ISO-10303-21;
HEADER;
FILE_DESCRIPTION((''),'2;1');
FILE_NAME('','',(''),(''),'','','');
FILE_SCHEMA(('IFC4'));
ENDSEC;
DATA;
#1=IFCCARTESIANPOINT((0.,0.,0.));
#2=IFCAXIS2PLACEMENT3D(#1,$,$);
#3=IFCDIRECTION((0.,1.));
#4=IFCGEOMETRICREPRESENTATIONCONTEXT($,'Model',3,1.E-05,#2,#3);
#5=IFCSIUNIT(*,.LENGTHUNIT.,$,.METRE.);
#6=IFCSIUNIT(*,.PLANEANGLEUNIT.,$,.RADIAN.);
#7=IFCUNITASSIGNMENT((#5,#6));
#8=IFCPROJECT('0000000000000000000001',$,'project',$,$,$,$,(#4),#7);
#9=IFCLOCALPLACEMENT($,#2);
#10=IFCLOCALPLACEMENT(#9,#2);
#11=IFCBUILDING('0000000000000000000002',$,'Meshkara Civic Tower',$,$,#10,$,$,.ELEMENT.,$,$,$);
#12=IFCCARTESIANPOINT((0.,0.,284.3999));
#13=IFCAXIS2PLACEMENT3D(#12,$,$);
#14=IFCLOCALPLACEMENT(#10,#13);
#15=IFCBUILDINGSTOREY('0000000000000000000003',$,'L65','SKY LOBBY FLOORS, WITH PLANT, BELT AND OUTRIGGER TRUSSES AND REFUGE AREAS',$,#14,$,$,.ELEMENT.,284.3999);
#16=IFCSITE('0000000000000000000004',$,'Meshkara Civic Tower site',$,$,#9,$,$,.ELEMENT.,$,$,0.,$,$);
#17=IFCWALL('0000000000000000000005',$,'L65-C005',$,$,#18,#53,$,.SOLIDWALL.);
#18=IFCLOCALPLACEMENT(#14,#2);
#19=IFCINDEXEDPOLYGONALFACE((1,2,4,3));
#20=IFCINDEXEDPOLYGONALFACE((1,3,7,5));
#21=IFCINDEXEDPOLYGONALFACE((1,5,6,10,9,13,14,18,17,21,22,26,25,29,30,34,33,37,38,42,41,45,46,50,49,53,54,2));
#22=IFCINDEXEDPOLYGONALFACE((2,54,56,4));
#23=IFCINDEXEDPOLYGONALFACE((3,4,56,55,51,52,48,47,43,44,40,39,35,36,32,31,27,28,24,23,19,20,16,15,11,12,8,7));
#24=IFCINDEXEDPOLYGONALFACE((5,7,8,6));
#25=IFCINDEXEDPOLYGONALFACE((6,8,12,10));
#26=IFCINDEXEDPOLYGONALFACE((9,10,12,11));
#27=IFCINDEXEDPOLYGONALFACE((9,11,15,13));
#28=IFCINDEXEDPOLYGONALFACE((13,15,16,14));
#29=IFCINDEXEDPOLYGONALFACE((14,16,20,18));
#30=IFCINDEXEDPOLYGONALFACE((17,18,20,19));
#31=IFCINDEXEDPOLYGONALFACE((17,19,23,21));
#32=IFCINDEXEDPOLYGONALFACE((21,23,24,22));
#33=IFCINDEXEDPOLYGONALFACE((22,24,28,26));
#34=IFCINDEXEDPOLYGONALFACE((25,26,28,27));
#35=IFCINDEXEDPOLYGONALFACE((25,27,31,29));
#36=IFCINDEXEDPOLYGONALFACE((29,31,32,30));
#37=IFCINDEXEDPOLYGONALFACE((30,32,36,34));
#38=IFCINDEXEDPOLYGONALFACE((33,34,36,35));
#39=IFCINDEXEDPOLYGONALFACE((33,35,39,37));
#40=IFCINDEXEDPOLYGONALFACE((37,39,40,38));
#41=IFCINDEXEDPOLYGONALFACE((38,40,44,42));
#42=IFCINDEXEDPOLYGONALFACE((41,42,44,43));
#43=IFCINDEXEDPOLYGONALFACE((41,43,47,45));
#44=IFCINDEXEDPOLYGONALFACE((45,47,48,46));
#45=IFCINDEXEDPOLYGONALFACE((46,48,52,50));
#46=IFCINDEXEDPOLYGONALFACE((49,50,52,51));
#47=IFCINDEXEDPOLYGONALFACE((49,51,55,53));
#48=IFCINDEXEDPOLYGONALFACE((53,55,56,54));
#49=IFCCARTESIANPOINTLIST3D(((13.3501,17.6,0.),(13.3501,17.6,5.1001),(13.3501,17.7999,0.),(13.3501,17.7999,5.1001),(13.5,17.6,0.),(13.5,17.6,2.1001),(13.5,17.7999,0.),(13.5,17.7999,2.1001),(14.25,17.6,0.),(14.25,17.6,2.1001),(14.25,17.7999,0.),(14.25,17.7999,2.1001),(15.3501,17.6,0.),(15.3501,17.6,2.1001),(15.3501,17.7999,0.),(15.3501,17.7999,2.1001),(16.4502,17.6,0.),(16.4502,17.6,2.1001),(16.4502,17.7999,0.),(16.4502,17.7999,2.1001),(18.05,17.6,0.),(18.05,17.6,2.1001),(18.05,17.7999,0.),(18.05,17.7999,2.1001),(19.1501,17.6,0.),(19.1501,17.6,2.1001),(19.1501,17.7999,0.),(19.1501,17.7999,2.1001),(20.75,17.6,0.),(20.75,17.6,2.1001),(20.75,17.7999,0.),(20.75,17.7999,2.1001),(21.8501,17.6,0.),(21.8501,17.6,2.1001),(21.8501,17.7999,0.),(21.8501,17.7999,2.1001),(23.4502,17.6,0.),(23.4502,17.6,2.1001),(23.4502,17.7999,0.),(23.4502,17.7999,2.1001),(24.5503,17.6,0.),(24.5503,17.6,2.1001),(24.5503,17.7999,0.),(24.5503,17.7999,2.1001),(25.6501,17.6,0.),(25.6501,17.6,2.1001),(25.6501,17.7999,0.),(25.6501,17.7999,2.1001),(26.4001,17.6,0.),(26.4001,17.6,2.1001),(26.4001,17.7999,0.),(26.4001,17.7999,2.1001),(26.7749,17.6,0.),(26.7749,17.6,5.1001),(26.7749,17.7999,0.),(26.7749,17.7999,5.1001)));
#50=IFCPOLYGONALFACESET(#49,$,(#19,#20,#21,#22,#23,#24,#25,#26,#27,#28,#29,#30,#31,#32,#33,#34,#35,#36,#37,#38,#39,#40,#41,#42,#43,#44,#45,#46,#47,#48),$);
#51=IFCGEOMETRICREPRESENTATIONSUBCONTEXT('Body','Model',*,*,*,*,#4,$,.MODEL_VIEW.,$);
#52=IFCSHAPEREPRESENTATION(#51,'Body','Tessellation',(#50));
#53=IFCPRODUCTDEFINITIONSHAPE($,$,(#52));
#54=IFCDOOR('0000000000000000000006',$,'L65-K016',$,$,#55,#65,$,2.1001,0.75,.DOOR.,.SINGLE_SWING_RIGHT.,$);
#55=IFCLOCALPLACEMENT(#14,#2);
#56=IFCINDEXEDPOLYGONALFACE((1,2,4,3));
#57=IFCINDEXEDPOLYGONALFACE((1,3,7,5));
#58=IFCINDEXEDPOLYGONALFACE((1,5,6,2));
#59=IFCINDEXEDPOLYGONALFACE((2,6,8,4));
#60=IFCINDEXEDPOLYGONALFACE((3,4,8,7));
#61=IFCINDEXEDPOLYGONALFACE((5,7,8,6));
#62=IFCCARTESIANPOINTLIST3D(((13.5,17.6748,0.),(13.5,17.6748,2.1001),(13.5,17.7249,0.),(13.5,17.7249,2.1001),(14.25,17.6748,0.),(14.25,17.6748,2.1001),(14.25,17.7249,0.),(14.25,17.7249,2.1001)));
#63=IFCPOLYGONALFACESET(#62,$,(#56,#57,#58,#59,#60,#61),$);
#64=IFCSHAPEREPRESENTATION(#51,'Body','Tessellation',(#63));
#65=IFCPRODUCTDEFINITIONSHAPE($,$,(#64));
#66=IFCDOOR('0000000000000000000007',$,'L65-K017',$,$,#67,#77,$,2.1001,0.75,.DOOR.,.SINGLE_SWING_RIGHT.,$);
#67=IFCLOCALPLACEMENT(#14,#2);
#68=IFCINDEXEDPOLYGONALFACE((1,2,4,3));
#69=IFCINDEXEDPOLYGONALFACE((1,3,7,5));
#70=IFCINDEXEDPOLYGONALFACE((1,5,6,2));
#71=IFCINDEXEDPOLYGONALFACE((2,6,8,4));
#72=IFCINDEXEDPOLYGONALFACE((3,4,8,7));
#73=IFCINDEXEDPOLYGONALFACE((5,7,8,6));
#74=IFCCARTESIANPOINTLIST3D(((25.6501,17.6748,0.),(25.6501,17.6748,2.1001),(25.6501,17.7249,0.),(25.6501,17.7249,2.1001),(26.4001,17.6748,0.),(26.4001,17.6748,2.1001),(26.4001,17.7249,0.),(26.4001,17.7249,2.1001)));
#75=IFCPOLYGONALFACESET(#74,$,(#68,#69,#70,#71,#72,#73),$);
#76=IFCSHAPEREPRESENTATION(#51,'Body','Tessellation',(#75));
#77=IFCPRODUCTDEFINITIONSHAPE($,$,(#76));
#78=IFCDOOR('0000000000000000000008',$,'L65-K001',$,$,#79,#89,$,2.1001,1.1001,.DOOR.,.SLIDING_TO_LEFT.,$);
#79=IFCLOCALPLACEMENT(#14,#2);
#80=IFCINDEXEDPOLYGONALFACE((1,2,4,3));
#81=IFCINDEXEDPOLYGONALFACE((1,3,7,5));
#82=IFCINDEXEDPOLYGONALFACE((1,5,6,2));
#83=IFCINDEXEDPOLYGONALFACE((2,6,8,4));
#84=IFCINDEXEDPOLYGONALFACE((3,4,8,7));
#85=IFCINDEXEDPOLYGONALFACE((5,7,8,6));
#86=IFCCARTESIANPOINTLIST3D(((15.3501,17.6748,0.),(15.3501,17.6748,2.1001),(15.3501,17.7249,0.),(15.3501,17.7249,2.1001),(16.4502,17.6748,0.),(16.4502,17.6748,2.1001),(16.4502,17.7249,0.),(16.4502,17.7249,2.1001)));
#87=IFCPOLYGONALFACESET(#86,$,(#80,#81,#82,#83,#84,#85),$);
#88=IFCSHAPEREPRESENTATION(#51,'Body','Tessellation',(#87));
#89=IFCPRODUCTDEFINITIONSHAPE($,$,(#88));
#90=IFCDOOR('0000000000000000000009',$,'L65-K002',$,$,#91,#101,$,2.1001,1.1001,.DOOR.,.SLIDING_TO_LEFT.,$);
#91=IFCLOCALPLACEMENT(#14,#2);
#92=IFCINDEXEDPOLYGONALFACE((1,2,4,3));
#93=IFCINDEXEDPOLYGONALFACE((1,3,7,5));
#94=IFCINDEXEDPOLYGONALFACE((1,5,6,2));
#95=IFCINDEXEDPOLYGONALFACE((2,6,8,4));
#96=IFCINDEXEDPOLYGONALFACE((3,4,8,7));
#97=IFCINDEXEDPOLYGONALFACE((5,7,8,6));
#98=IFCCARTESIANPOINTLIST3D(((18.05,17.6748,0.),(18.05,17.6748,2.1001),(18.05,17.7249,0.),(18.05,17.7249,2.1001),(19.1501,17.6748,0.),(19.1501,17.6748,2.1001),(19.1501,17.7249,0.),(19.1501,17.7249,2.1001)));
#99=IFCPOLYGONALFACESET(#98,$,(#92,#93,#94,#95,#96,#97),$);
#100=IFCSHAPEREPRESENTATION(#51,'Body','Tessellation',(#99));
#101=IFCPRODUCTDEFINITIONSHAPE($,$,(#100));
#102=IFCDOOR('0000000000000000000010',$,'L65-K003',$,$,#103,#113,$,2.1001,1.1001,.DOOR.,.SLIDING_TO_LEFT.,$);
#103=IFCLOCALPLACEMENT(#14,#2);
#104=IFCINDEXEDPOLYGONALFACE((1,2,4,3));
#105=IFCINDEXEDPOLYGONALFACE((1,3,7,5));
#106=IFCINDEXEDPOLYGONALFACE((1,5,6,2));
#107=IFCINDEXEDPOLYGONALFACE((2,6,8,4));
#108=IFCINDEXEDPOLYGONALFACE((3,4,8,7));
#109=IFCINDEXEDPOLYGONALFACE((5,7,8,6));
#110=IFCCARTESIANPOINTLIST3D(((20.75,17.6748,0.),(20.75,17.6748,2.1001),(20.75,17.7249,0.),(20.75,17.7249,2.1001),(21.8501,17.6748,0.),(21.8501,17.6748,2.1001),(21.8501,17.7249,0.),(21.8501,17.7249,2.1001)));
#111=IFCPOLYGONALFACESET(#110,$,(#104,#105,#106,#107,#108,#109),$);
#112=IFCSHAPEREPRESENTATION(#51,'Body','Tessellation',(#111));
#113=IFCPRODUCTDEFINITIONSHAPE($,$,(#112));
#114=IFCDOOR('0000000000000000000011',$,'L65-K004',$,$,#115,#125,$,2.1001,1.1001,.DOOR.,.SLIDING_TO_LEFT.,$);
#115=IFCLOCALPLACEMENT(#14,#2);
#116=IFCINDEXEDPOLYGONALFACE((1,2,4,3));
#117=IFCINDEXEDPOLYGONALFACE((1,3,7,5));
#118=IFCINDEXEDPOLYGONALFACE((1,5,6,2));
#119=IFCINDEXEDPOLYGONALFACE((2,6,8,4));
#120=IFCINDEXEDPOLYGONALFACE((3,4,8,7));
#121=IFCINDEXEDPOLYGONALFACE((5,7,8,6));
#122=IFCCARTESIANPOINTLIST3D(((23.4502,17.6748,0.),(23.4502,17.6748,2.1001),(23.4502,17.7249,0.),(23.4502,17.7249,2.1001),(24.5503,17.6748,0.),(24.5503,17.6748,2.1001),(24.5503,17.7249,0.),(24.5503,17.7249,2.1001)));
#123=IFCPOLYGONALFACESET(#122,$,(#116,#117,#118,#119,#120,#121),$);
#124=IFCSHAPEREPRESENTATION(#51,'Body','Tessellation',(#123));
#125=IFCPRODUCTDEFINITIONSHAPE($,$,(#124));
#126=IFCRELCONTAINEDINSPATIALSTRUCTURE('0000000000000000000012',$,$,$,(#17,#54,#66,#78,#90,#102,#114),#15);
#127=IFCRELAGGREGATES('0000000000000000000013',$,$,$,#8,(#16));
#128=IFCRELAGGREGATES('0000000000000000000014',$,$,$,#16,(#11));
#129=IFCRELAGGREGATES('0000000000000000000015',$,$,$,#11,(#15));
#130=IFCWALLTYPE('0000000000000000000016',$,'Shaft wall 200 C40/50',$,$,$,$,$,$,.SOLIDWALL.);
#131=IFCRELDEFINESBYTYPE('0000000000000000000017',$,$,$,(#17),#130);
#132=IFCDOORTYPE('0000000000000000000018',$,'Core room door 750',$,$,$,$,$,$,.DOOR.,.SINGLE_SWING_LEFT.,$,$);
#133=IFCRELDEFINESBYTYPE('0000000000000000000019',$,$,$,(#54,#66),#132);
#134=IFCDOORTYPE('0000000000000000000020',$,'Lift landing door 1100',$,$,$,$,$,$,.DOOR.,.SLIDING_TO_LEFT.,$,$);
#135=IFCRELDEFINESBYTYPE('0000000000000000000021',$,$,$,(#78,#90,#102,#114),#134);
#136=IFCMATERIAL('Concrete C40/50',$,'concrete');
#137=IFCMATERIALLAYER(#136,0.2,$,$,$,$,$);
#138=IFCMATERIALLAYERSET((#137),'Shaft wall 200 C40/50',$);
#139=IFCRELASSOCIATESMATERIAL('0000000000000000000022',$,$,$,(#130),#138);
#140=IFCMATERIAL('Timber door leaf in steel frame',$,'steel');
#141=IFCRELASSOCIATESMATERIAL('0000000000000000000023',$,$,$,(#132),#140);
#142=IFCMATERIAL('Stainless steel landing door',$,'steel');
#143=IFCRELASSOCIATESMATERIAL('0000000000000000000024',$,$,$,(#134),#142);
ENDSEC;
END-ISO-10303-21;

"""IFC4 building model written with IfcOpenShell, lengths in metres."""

from ifc_helpers import new_model, si_unit, direction, frame, frame_2d, origin, place, context, subcontext, project, spatial, rectangle, extrude, material, layer, layer_set, type_object, element, fill, save


model = new_model("IFC4")

# Units and contexts
model_context = context("Model", 3, precision=1e-05, world=origin(), true_north=direction((0.0, 1.0)))
body_context = subcontext(model_context, "Body", "Model", "MODEL_VIEW")
ifc_project = project(units=[si_unit("LENGTHUNIT", "METRE"), si_unit("PLANEANGLEUNIT", "RADIAN")], contexts=[model_context])

# Site, building, storey
site_placement = place(None, origin())
site = spatial("IfcSite", under=ifc_project, at=site_placement, Name="Meshkara Civic Tower site", CompositionType="ELEMENT", RefElevation=0.0)
building_placement = place(site_placement, origin())
building = spatial("IfcBuilding", under=site, at=building_placement, Name="Meshkara Civic Tower", CompositionType="ELEMENT")
storey_placement = place(building_placement, frame((0.0, 0.0, 284.3999)))
storey = spatial("IfcBuildingStorey", under=building, at=storey_placement, Name="L65", Description="SKY LOBBY FLOORS, WITH PLANT, BELT AND OUTRIGGER TRUSSES AND REFUGE AREAS", CompositionType="ELEMENT", Elevation=284.3999)

# Wall, openings, doors
ifc_material_1 = material(Name="Concrete C40/50", Category="concrete")
ifc_layer_1 = layer(ifc_material_1, 0.2)
ifc_layer_set_1 = layer_set([ifc_layer_1], Name="Shaft wall 200 C40/50")
wall_type_1 = type_object("IfcWallType", Name="Shaft wall 200 C40/50", PredefinedType="SOLIDWALL", material=ifc_layer_set_1)
wall_1_placement = place(storey_placement, frame((13.3501, 17.7, 0.0), z_axis=(0.0, 0.0, 1.0), x_axis=(1.0, 0.0, 0.0)))
wall_1 = element("IfcWall", 1, at=wall_1_placement, inside=storey, type_object=wall_type_1, Name="L65-C005", PredefinedType="SOLIDWALL", context=body_context, shape_type="SweptSolid", body=[
    extrude(rectangle(XDim=13.4248, YDim=0.2, at=frame_2d((6.7124, 0.0))), origin(), (0.0, 0.0, 1.0), 5.1001),
])
opening_1_placement = place(wall_1_placement, frame((2.0, 0.0, 0.0)))
opening_1 = element("IfcOpeningElement", 2, at=opening_1_placement, cuts=wall_1, PredefinedType="OPENING", context=body_context, shape_type="SweptSolid", body=[
    extrude(rectangle(XDim=1.1001, YDim=2.1001, at=frame_2d((0.55, 1.05))), frame((0.0, 0.1099, 0.0), z_axis=(0.0, -1.0, 0.0), x_axis=(1.0, 0.0, 0.0)), (0.0, 0.0, 1.0), 0.22),
])
opening_2_placement = place(wall_1_placement, frame((4.7, 0.0, 0.0)))
opening_2 = element("IfcOpeningElement", 3, at=opening_2_placement, cuts=wall_1, PredefinedType="OPENING", context=body_context, shape_type="SweptSolid", body=[
    extrude(rectangle(XDim=1.1001, YDim=2.1001, at=frame_2d((0.55, 1.05))), frame((0.0, 0.1099, 0.0), z_axis=(0.0, -1.0, 0.0), x_axis=(1.0, 0.0, 0.0)), (0.0, 0.0, 1.0), 0.22),
])
opening_3_placement = place(wall_1_placement, frame((7.3999, 0.0, 0.0)))
opening_3 = element("IfcOpeningElement", 4, at=opening_3_placement, cuts=wall_1, PredefinedType="OPENING", context=body_context, shape_type="SweptSolid", body=[
    extrude(rectangle(XDim=1.1001, YDim=2.1001, at=frame_2d((0.55, 1.05))), frame((0.0, 0.1099, 0.0), z_axis=(0.0, -1.0, 0.0), x_axis=(1.0, 0.0, 0.0)), (0.0, 0.0, 1.0), 0.22),
])
opening_4_placement = place(wall_1_placement, frame((10.1001, 0.0, 0.0)))
opening_4 = element("IfcOpeningElement", 5, at=opening_4_placement, cuts=wall_1, PredefinedType="OPENING", context=body_context, shape_type="SweptSolid", body=[
    extrude(rectangle(XDim=1.1001, YDim=2.1001, at=frame_2d((0.55, 1.05))), frame((0.0, 0.1099, 0.0), z_axis=(0.0, -1.0, 0.0), x_axis=(1.0, 0.0, 0.0)), (0.0, 0.0, 1.0), 0.22),
])
opening_5_placement = place(wall_1_placement, frame((0.1499, 0.0, 0.0)))
opening_5 = element("IfcOpeningElement", 6, at=opening_5_placement, cuts=wall_1, PredefinedType="OPENING", context=body_context, shape_type="SweptSolid", body=[
    extrude(rectangle(XDim=0.75, YDim=2.1001, at=frame_2d((0.375, 1.05))), frame((0.0, 0.1099, 0.0), z_axis=(0.0, -1.0, 0.0), x_axis=(1.0, 0.0, 0.0)), (0.0, 0.0, 1.0), 0.22),
])
opening_6_placement = place(wall_1_placement, frame((12.3, 0.0, 0.0)))
opening_6 = element("IfcOpeningElement", 7, at=opening_6_placement, cuts=wall_1, PredefinedType="OPENING", context=body_context, shape_type="SweptSolid", body=[
    extrude(rectangle(XDim=0.75, YDim=2.1001, at=frame_2d((0.375, 1.05))), frame((0.0, 0.1099, 0.0), z_axis=(0.0, -1.0, 0.0), x_axis=(1.0, 0.0, 0.0)), (0.0, 0.0, 1.0), 0.22),
])
ifc_material_2 = material(Name="Timber door leaf in steel frame", Category="steel")
door_type_1 = type_object("IfcDoorType", Name="Core room door 750", OperationType="SINGLE_SWING_LEFT", PredefinedType="DOOR", material=ifc_material_2)
door_1_placement = place(opening_5_placement, origin())
door_1 = element("IfcDoor", 8, at=door_1_placement, inside=storey, type_object=door_type_1, Name="L65-K016", OperationType="SINGLE_SWING_RIGHT", OverallHeight=2.1001, OverallWidth=0.75, PredefinedType="DOOR", context=body_context, shape_type="SweptSolid", body=[
    extrude(rectangle(XDim=0.75, YDim=2.1001, at=frame_2d((0.375, 1.05))), frame((0.0, 0.0249, 0.0), z_axis=(0.0, -1.0, 0.0), x_axis=(1.0, 0.0, 0.0)), (0.0, 0.0, 1.0), 0.05),
])
fill(opening_5, door_1)
door_2_placement = place(opening_6_placement, origin())
door_2 = element("IfcDoor", 9, at=door_2_placement, inside=storey, type_object=door_type_1, Name="L65-K017", OperationType="SINGLE_SWING_RIGHT", OverallHeight=2.1001, OverallWidth=0.75, PredefinedType="DOOR", context=body_context, shape_type="SweptSolid", body=[
    extrude(rectangle(XDim=0.75, YDim=2.1001, at=frame_2d((0.375, 1.05))), frame((0.0, 0.0249, 0.0), z_axis=(0.0, -1.0, 0.0), x_axis=(1.0, 0.0, 0.0)), (0.0, 0.0, 1.0), 0.05),
])
fill(opening_6, door_2)
ifc_material_3 = material(Name="Stainless steel landing door", Category="steel")
door_type_2 = type_object("IfcDoorType", Name="Lift landing door 1100", OperationType="SLIDING_TO_LEFT", PredefinedType="DOOR", material=ifc_material_3)
door_3_placement = place(opening_1_placement, origin())
door_3 = element("IfcDoor", 10, at=door_3_placement, inside=storey, type_object=door_type_2, Name="L65-K001", OperationType="SLIDING_TO_LEFT", OverallHeight=2.1001, OverallWidth=1.1001, PredefinedType="DOOR", context=body_context, shape_type="SweptSolid", body=[
    extrude(rectangle(XDim=1.1001, YDim=2.1001, at=frame_2d((0.55, 1.05))), frame((0.0, 0.0249, 0.0), z_axis=(0.0, -1.0, 0.0), x_axis=(1.0, 0.0, 0.0)), (0.0, 0.0, 1.0), 0.05),
])
fill(opening_1, door_3)
door_4_placement = place(opening_2_placement, origin())
door_4 = element("IfcDoor", 11, at=door_4_placement, inside=storey, type_object=door_type_2, Name="L65-K002", OperationType="SLIDING_TO_LEFT", OverallHeight=2.1001, OverallWidth=1.1001, PredefinedType="DOOR", context=body_context, shape_type="SweptSolid", body=[
    extrude(rectangle(XDim=1.1001, YDim=2.1001, at=frame_2d((0.55, 1.05))), frame((0.0, 0.0249, 0.0), z_axis=(0.0, -1.0, 0.0), x_axis=(1.0, 0.0, 0.0)), (0.0, 0.0, 1.0), 0.05),
])
fill(opening_2, door_4)
door_5_placement = place(opening_3_placement, origin())
door_5 = element("IfcDoor", 12, at=door_5_placement, inside=storey, type_object=door_type_2, Name="L65-K003", OperationType="SLIDING_TO_LEFT", OverallHeight=2.1001, OverallWidth=1.1001, PredefinedType="DOOR", context=body_context, shape_type="SweptSolid", body=[
    extrude(rectangle(XDim=1.1001, YDim=2.1001, at=frame_2d((0.55, 1.05))), frame((0.0, 0.0249, 0.0), z_axis=(0.0, -1.0, 0.0), x_axis=(1.0, 0.0, 0.0)), (0.0, 0.0, 1.0), 0.05),
])
fill(opening_3, door_5)
door_6_placement = place(opening_4_placement, origin())
door_6 = element("IfcDoor", 13, at=door_6_placement, inside=storey, type_object=door_type_2, Name="L65-K004", OperationType="SLIDING_TO_LEFT", OverallHeight=2.1001, OverallWidth=1.1001, PredefinedType="DOOR", context=body_context, shape_type="SweptSolid", body=[
    extrude(rectangle(XDim=1.1001, YDim=2.1001, at=frame_2d((0.55, 1.05))), frame((0.0, 0.0249, 0.0), z_axis=(0.0, -1.0, 0.0), x_axis=(1.0, 0.0, 0.0)), (0.0, 0.0, 1.0), 0.05),
])
fill(opening_4, door_6)

save(model, "model.ifc")
